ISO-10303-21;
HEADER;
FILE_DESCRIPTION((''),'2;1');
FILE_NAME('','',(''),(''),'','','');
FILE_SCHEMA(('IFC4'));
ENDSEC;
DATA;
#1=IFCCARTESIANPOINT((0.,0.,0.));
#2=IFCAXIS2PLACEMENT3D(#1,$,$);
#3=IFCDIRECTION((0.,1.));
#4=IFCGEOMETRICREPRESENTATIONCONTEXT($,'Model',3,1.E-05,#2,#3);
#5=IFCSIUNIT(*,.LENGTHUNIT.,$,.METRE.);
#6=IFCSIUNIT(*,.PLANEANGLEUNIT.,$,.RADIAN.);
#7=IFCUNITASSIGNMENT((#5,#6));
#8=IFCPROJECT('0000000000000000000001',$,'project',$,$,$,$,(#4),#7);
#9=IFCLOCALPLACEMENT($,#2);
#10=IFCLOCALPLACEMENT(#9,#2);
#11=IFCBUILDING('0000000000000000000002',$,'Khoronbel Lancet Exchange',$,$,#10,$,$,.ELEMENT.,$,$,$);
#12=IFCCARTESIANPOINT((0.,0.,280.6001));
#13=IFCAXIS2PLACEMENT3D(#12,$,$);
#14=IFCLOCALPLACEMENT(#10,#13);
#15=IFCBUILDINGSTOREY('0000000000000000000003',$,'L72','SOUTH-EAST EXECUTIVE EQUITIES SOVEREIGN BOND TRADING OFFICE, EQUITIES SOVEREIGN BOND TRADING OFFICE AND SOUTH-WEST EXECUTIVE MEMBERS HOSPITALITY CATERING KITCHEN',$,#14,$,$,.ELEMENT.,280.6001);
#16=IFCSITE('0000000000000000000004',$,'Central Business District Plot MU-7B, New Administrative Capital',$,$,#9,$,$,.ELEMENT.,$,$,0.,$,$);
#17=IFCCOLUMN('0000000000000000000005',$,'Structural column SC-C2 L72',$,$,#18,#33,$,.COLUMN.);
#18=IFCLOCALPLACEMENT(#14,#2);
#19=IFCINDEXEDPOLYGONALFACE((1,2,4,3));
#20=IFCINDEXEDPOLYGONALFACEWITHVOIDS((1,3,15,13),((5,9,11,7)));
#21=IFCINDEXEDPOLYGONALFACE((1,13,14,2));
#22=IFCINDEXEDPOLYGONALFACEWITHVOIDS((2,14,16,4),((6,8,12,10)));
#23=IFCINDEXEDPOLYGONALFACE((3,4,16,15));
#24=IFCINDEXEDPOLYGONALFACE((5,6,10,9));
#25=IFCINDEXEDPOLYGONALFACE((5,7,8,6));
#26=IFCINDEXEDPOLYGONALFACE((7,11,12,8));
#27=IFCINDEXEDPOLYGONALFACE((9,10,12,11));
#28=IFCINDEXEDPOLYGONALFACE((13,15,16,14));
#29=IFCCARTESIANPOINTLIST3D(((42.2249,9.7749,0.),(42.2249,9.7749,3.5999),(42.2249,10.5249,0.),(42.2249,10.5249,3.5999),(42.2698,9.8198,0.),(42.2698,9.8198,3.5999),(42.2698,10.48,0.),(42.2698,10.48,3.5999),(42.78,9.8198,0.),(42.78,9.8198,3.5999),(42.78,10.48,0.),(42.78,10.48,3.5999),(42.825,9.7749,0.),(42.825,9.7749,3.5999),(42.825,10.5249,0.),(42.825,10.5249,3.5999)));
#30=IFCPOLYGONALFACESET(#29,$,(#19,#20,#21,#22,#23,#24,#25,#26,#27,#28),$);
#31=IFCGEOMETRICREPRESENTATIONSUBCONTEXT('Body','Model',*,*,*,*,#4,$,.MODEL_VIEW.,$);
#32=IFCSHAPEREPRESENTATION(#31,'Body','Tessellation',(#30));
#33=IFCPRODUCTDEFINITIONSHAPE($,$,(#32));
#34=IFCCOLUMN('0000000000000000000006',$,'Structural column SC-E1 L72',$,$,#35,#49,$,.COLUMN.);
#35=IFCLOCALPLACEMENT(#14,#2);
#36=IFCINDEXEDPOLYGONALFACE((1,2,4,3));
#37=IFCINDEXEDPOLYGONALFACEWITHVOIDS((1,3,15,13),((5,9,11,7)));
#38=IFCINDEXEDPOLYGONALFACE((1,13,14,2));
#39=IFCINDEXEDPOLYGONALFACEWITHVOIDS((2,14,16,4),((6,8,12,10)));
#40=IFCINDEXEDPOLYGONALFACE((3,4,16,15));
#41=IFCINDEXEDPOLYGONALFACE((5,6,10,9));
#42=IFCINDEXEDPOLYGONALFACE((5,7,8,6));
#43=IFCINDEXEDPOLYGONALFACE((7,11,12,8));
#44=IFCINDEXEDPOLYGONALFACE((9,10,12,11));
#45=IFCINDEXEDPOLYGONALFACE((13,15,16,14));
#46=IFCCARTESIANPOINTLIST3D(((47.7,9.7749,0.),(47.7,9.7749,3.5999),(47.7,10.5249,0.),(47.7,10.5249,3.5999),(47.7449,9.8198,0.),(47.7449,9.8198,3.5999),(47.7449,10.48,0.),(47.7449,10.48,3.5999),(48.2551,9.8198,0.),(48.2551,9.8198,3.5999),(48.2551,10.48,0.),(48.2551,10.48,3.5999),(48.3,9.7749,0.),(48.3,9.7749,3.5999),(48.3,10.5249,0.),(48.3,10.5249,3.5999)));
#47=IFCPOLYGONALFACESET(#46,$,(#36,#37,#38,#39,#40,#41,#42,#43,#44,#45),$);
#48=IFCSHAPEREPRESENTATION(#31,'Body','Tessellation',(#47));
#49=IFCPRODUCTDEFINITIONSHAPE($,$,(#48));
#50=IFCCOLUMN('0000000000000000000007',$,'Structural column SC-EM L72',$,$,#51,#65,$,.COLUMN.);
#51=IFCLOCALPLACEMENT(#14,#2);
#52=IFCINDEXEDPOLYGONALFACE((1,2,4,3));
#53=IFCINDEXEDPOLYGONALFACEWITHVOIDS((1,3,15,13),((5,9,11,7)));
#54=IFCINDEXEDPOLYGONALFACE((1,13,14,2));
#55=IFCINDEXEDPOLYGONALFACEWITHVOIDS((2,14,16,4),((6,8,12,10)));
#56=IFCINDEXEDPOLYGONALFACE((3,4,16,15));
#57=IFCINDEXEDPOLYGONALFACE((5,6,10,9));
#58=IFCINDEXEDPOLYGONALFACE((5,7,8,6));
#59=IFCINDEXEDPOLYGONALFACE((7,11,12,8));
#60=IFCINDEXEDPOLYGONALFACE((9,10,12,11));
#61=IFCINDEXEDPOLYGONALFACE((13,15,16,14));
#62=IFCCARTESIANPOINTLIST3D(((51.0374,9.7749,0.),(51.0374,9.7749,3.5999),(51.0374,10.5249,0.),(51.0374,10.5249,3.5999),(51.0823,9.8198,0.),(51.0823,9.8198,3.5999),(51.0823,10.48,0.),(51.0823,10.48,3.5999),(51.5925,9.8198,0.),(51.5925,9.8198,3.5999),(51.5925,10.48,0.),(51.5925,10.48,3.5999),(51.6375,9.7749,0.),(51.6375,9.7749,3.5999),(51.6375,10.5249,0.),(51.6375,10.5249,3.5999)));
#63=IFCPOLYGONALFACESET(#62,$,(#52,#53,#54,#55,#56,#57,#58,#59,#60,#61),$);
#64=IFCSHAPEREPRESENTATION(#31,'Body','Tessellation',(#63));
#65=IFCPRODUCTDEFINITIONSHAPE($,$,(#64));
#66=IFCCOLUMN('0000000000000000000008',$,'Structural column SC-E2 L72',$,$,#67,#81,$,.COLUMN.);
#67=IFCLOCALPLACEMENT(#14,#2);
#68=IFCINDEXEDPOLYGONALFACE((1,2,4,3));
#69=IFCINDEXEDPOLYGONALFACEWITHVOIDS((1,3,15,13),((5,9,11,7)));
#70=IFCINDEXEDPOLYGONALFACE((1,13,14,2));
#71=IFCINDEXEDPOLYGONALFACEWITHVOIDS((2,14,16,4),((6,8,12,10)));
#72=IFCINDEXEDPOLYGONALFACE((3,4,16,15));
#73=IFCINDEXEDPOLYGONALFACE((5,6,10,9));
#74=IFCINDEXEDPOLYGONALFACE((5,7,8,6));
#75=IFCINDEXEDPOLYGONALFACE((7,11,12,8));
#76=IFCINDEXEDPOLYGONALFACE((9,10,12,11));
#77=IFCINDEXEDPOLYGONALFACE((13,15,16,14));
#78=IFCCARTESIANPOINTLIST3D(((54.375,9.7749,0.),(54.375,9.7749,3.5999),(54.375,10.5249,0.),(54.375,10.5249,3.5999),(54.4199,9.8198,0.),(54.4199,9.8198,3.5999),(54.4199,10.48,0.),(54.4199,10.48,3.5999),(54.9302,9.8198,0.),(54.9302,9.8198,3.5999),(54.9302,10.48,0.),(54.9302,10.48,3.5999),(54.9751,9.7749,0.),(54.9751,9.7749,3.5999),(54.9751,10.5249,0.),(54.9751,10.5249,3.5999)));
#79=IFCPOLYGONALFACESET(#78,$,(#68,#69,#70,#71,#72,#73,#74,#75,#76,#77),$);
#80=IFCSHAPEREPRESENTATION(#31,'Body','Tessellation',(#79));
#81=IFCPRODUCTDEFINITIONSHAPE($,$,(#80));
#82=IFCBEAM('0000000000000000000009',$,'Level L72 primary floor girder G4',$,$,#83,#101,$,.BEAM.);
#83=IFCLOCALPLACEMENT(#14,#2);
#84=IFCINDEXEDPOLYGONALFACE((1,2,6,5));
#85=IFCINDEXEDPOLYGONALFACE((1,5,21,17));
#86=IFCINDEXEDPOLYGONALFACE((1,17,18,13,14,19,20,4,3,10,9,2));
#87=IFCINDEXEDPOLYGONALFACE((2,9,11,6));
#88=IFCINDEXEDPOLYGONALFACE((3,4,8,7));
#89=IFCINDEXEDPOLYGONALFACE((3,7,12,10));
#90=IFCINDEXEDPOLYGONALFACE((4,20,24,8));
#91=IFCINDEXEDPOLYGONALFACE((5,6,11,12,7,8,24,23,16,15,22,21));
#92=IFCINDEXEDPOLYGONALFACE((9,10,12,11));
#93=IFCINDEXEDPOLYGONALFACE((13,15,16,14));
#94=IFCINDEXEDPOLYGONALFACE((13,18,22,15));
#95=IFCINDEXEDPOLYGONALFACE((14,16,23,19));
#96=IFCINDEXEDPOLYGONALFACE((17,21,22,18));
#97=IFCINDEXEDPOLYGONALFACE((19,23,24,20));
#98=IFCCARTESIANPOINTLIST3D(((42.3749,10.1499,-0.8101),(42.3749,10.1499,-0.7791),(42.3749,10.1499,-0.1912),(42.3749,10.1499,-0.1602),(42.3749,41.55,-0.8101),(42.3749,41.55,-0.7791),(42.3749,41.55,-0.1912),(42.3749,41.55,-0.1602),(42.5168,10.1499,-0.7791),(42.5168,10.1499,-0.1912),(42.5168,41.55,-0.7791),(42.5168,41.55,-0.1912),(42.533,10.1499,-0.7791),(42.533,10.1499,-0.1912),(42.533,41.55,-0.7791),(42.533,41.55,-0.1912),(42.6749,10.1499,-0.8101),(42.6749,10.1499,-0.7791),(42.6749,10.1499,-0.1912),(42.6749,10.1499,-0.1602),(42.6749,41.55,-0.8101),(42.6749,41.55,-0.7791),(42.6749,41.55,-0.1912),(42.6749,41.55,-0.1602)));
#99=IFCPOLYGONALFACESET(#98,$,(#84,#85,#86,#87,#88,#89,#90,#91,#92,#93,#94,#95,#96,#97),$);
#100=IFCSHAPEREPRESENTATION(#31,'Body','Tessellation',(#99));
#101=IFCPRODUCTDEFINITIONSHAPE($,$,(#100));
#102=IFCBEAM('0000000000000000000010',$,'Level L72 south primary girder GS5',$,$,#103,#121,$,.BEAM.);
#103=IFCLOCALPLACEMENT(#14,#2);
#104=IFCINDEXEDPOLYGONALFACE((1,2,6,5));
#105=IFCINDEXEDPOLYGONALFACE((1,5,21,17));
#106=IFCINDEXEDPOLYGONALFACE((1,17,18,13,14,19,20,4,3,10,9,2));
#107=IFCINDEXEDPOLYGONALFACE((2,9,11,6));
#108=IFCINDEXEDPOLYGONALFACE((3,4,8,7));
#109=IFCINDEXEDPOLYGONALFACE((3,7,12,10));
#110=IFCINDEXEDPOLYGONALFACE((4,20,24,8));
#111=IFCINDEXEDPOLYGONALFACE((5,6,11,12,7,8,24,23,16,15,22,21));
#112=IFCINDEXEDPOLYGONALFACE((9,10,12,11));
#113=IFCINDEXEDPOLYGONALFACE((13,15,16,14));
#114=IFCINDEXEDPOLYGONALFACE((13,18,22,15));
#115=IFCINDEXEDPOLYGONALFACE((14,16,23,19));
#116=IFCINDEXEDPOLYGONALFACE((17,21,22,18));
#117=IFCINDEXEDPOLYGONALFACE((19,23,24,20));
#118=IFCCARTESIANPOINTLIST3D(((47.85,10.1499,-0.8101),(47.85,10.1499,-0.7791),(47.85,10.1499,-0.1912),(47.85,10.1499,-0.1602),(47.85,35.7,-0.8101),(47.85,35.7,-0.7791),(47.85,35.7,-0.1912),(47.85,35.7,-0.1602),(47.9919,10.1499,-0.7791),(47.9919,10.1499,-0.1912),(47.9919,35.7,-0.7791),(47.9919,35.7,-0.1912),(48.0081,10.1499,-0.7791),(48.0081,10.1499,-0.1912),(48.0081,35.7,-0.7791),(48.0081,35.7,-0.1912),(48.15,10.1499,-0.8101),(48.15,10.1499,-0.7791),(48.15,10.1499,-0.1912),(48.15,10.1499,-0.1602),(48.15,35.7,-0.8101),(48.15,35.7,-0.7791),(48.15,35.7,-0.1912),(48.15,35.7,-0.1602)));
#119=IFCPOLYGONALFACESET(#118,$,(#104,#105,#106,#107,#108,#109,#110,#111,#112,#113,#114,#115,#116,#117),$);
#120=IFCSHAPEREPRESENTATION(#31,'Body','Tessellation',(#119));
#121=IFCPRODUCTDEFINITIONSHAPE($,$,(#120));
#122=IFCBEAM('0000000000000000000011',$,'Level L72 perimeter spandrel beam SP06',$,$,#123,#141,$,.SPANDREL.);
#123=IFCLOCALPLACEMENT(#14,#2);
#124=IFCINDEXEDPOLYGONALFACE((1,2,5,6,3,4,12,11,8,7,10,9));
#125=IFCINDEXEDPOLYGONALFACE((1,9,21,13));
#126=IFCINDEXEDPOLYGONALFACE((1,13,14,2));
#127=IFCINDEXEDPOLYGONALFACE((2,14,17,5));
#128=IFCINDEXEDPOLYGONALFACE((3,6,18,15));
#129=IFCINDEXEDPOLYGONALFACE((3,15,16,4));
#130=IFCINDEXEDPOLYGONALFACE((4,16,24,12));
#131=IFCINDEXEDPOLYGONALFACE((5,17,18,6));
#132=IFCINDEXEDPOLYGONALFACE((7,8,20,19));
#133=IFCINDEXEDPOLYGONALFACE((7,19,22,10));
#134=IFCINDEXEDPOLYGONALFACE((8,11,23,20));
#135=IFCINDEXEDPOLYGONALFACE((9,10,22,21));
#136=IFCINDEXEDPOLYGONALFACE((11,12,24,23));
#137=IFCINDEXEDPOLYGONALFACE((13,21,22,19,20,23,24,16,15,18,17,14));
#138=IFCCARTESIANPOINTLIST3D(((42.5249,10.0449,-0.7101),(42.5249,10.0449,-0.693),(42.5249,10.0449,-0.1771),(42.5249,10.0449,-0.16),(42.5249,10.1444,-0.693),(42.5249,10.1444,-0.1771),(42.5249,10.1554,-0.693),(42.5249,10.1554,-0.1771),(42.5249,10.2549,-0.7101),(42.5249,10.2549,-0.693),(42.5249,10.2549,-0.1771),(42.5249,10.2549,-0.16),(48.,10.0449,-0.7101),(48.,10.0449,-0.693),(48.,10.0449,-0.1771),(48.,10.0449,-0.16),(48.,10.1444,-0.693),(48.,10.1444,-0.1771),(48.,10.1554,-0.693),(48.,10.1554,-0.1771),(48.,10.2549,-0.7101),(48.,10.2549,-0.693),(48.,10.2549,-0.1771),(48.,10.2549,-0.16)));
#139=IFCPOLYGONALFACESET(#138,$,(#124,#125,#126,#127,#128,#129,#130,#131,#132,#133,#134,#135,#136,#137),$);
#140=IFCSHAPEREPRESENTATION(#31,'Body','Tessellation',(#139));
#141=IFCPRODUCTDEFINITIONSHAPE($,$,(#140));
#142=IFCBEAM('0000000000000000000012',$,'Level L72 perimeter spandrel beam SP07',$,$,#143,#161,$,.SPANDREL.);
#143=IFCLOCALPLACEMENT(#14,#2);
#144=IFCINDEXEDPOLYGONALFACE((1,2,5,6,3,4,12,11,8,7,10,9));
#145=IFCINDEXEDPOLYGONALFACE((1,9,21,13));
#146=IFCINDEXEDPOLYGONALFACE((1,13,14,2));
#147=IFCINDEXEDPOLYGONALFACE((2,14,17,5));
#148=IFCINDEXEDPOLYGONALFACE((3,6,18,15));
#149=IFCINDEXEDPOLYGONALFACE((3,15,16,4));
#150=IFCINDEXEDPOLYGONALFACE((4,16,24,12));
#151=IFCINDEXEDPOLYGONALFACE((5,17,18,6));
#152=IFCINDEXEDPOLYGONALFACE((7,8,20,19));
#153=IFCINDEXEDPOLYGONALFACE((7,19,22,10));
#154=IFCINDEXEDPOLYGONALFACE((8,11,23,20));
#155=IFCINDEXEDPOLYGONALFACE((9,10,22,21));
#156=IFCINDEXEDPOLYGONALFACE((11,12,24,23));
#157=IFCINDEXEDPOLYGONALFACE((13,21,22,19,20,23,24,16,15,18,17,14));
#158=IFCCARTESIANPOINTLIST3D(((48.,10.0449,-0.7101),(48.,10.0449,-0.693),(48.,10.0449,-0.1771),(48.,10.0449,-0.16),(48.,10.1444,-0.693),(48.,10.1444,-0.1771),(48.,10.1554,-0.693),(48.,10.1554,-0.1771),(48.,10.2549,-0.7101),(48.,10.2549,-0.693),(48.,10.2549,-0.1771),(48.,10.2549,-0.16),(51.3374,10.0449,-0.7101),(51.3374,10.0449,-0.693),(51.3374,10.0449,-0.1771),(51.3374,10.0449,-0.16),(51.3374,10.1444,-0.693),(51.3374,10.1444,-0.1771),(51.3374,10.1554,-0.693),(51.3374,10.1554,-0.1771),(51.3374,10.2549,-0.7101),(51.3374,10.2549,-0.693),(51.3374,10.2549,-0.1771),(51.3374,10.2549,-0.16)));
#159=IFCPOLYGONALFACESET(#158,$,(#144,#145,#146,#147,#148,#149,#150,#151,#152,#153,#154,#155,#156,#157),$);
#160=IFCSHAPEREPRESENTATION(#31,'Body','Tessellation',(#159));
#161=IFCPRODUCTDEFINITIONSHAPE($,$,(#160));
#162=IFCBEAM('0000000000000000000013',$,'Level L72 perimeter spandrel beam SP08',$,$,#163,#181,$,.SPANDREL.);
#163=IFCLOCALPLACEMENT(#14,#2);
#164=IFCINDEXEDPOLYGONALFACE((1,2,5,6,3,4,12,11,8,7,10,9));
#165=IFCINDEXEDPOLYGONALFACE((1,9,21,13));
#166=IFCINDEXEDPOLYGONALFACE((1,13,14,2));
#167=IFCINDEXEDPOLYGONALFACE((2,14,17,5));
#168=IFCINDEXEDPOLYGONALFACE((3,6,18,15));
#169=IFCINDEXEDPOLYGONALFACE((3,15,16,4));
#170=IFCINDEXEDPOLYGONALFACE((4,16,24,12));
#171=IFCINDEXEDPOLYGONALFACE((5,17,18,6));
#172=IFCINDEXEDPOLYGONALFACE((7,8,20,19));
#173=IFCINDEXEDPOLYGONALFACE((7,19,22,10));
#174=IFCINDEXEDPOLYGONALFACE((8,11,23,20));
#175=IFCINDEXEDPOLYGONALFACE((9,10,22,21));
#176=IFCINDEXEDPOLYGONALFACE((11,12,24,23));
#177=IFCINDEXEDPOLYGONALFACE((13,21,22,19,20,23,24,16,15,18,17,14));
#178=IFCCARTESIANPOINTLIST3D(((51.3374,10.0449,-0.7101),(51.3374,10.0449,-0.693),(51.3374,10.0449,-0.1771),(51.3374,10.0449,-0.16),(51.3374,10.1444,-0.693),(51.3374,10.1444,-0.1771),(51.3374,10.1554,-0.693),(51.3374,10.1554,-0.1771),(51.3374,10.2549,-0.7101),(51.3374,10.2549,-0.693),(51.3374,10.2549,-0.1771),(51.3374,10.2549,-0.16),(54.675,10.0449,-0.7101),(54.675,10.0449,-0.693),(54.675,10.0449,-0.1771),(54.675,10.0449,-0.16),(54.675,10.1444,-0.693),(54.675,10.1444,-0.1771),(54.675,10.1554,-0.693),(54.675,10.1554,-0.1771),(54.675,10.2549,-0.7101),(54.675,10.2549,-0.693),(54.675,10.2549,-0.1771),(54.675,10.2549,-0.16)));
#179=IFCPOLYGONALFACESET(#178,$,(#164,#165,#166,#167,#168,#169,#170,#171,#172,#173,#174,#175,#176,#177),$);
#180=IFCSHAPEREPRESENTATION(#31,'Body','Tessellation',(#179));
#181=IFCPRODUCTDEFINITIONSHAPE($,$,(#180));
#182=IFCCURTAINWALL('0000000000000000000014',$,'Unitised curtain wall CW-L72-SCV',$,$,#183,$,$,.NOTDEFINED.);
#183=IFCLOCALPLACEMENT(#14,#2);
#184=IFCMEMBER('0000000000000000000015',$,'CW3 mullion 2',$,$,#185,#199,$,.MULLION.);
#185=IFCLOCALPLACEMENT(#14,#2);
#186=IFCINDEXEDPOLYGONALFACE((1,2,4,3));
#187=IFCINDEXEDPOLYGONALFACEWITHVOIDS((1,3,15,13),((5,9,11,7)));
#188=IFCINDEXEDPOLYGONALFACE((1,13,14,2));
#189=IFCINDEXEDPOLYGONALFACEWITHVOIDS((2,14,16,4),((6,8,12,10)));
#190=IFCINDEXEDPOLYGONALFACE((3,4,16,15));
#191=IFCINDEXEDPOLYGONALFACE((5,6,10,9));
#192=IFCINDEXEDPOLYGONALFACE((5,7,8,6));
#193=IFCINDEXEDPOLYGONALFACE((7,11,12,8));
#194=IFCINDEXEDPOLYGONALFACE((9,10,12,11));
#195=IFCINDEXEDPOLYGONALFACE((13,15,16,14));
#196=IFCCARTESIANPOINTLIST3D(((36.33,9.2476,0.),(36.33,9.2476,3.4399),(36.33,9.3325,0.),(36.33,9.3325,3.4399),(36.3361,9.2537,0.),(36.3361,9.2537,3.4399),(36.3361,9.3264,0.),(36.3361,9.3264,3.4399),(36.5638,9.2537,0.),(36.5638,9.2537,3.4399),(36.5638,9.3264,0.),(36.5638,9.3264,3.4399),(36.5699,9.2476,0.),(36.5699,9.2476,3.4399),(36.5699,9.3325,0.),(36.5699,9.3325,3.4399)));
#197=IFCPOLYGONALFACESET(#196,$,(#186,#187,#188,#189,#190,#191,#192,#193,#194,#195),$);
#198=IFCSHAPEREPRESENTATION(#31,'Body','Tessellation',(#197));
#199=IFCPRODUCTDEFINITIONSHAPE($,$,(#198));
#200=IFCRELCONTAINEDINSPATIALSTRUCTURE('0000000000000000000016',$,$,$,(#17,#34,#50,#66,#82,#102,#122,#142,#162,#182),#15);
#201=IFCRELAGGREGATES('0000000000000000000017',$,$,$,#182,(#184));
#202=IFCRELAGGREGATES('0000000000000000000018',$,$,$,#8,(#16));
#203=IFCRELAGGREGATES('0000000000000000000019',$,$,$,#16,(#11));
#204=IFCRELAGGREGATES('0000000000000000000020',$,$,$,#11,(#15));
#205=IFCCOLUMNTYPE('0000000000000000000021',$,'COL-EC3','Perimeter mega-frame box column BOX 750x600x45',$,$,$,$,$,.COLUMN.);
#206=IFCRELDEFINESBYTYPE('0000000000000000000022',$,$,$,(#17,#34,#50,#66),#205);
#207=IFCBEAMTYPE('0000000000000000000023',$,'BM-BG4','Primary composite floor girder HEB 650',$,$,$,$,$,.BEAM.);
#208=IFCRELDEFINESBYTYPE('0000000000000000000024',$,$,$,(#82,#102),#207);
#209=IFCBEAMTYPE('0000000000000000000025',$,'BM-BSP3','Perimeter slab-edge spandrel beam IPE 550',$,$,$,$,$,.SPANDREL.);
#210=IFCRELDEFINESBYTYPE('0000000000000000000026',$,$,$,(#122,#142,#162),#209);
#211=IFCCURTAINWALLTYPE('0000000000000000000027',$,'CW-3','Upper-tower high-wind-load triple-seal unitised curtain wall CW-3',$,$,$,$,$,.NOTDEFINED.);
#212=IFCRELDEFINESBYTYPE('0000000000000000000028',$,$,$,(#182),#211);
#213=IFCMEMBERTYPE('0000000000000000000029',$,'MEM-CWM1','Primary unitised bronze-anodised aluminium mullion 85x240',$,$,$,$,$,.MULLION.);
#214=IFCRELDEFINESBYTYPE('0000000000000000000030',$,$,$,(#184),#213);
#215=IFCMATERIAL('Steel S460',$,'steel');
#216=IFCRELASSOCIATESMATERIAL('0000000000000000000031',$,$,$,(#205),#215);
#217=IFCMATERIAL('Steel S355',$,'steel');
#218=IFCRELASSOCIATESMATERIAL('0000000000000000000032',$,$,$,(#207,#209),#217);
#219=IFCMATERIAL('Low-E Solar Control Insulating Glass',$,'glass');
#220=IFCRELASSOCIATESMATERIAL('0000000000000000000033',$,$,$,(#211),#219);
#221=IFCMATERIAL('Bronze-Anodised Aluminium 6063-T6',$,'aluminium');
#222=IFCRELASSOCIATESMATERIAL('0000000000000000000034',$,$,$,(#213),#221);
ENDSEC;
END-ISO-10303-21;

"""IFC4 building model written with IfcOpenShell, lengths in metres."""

from ifc_helpers import new_model, si_unit, direction, frame, origin, origin_2d, place, context, subcontext, project, spatial, hollow_rectangle, i_section, extrude, material, material_profile, profile_set, type_object, element, aggregate, save


model = new_model("IFC4")

# Units and contexts
model_context = context("Model", 3, precision=1e-05, world=origin(), true_north=direction((0.0, 1.0)))
body_context = subcontext(model_context, "Body", "Model", "MODEL_VIEW")
ifc_project = project(units=[si_unit("LENGTHUNIT", "METRE"), si_unit("PLANEANGLEUNIT", "RADIAN")], contexts=[model_context])

# Site, building, storey
site_placement = place(None, origin())
site = spatial("IfcSite", under=ifc_project, at=site_placement, Name="Central Business District Plot MU-7B, New Administrative Capital", CompositionType="ELEMENT", RefElevation=0.0)
building_placement = place(site_placement, origin())
building = spatial("IfcBuilding", under=site, at=building_placement, Name="Khoronbel Lancet Exchange", CompositionType="ELEMENT")
storey_placement = place(building_placement, frame((0.0, 0.0, 280.6001)))
storey = spatial("IfcBuildingStorey", under=building, at=storey_placement, Name="L72", Description="SOUTH-EAST EXECUTIVE EQUITIES SOVEREIGN BOND TRADING OFFICE, EQUITIES SOVEREIGN BOND TRADING OFFICE AND SOUTH-WEST EXECUTIVE MEMBERS HOSPITALITY CATERING KITCHEN", CompositionType="ELEMENT", Elevation=280.6001)

# Columns
ifc_material_1 = material(Name="Steel S460", Category="steel")
ifc_material_profile_1 = material_profile(ifc_material_1, hollow_rectangle(XDim=0.6001, YDim=0.75, WallThickness=0.0449, at=origin_2d()), Name="BOX 750x600x45")
ifc_profile_set_1 = profile_set([ifc_material_profile_1], Name="Steel S460")
column_type = type_object("IfcColumnType", Name="COL-EC3", Description="Perimeter mega-frame box column BOX 750x600x45", PredefinedType="COLUMN", material=ifc_profile_set_1)
for number, where, z_axis, x_axis, name in (
    (1, (42.5249, 10.1499, 0.0), (0.0, 0.0, 1.0), (1.0, 0.0, 0.0), "Structural column SC-C2 L72"),
    (2, (48.0, 10.1499, 0.0), (0.0, 0.0, 1.0), (1.0, 0.0, 0.0), "Structural column SC-E1 L72"),
    (3, (51.3374, 10.1499, 0.0), (0.0, 0.0, 1.0), (1.0, 0.0, 0.0), "Structural column SC-EM L72"),
    (4, (54.675, 10.1499, 0.0), (0.0, 0.0, 1.0), (1.0, 0.0, 0.0), "Structural column SC-E2 L72"),
):
    element("IfcColumn", number, at=place(storey_placement, frame(where, z_axis=z_axis, x_axis=x_axis)), inside=storey, type_object=column_type, Name=name, PredefinedType="COLUMN", context=body_context, shape_type="SweptSolid", body=[
        extrude(hollow_rectangle(XDim=0.6001, YDim=0.75, WallThickness=0.0449, at=origin_2d()), origin(), (0.0, 0.0, 1.0), 3.5999),
    ])

# Beams
ifc_material_2 = material(Name="Steel S355", Category="steel")
ifc_material_profile_2 = material_profile(ifc_material_2, i_section(OverallWidth=0.3, OverallDepth=0.6499, WebThickness=0.0161, FlangeThickness=0.031, at=origin_2d()), Name="HEB 650")
ifc_profile_set_2 = profile_set([ifc_material_profile_2], Name="Steel S355")
beam_type_1 = type_object("IfcBeamType", Name="BM-BG4", Description="Primary composite floor girder HEB 650", PredefinedType="BEAM", material=ifc_profile_set_2)
beam_1_placement = place(storey_placement, frame((42.5249, 10.1499, -0.4851), z_axis=(0.0, 1.0, 0.0), x_axis=(-1.0, 0.0, 0.0)))
element("IfcBeam", 5, at=beam_1_placement, inside=storey, type_object=beam_type_1, Name="Level L72 primary floor girder G4", PredefinedType="BEAM", context=body_context, shape_type="SweptSolid", body=[
    extrude(i_section(OverallWidth=0.3, OverallDepth=0.6499, WebThickness=0.0161, FlangeThickness=0.031, at=origin_2d()), origin(), (0.0, 0.0, 1.0), 31.4001),
])
beam_2_placement = place(storey_placement, frame((48.0, 10.1499, -0.4851), z_axis=(0.0, 1.0, 0.0), x_axis=(-1.0, 0.0, 0.0)))
element("IfcBeam", 6, at=beam_2_placement, inside=storey, type_object=beam_type_1, Name="Level L72 south primary girder GS5", PredefinedType="BEAM", context=body_context, shape_type="SweptSolid", body=[
    extrude(i_section(OverallWidth=0.3, OverallDepth=0.6499, WebThickness=0.0161, FlangeThickness=0.031, at=origin_2d()), origin(), (0.0, 0.0, 1.0), 25.55),
])
ifc_material_profile_3 = material_profile(ifc_material_2, i_section(OverallWidth=0.21, OverallDepth=0.55, WebThickness=0.011, FlangeThickness=0.0171, at=origin_2d()), Name="IPE 550")
ifc_profile_set_3 = profile_set([ifc_material_profile_3], Name="Steel S355")
beam_type_2 = type_object("IfcBeamType", Name="BM-BSP3", Description="Perimeter slab-edge spandrel beam IPE 550", PredefinedType="SPANDREL", material=ifc_profile_set_3)
beam_3_placement = place(storey_placement, frame((42.5249, 10.1499, -0.4351), z_axis=(1.0, 0.0, 0.0), x_axis=(0.0, 1.0, 0.0)))
element("IfcBeam", 7, at=beam_3_placement, inside=storey, type_object=beam_type_2, Name="Level L72 perimeter spandrel beam SP06", PredefinedType="SPANDREL", context=body_context, shape_type="SweptSolid", body=[
    extrude(i_section(OverallWidth=0.21, OverallDepth=0.55, WebThickness=0.011, FlangeThickness=0.0171, at=origin_2d()), origin(), (0.0, 0.0, 1.0), 5.4751),
])
beam_4_placement = place(storey_placement, frame((48.0, 10.1499, -0.4351), z_axis=(1.0, 0.0, 0.0), x_axis=(0.0, 1.0, 0.0)))
element("IfcBeam", 8, at=beam_4_placement, inside=storey, type_object=beam_type_2, Name="Level L72 perimeter spandrel beam SP07", PredefinedType="SPANDREL", context=body_context, shape_type="SweptSolid", body=[
    extrude(i_section(OverallWidth=0.21, OverallDepth=0.55, WebThickness=0.011, FlangeThickness=0.0171, at=origin_2d()), origin(), (0.0, 0.0, 1.0), 3.3374),
])
beam_5_placement = place(storey_placement, frame((51.3374, 10.1499, -0.4351), z_axis=(1.0, 0.0, 0.0), x_axis=(0.0, 1.0, 0.0)))
element("IfcBeam", 9, at=beam_5_placement, inside=storey, type_object=beam_type_2, Name="Level L72 perimeter spandrel beam SP08", PredefinedType="SPANDREL", context=body_context, shape_type="SweptSolid", body=[
    extrude(i_section(OverallWidth=0.21, OverallDepth=0.55, WebThickness=0.011, FlangeThickness=0.0171, at=origin_2d()), origin(), (0.0, 0.0, 1.0), 3.3376),
])

# Curtain wall, member
ifc_material_3 = material(Name="Low-E Solar Control Insulating Glass", Category="glass")
curtain_wall_type = type_object("IfcCurtainWallType", Name="CW-3", Description="Upper-tower high-wind-load triple-seal unitised curtain wall CW-3", PredefinedType="NOTDEFINED", material=ifc_material_3)
curtain_wall_1_placement = place(storey_placement, origin())
curtain_wall_1 = element("IfcCurtainWall", 10, at=curtain_wall_1_placement, inside=storey, type_object=curtain_wall_type, Name="Unitised curtain wall CW-L72-SCV", PredefinedType="NOTDEFINED")
ifc_material_4 = material(Name="Bronze-Anodised Aluminium 6063-T6", Category="aluminium")
ifc_material_profile_4 = material_profile(ifc_material_4, hollow_rectangle(XDim=0.085, YDim=0.24, WallThickness=0.0061, at=origin_2d()), Name="ALU MULLION 85x240")
ifc_profile_set_4 = profile_set([ifc_material_profile_4], Name="Bronze-Anodised Aluminium 6063-T6")
member_type_1 = type_object("IfcMemberType", Name="MEM-CWM1", Description="Primary unitised bronze-anodised aluminium mullion 85x240", PredefinedType="MULLION", material=ifc_profile_set_4)
member_1_placement = place(storey_placement, frame((36.45, 9.29, 0.0), z_axis=(0.0, 0.0, 1.0), x_axis=(0.0, 1.0, 0.0)))
member_1 = element("IfcMember", 11, at=member_1_placement, type_object=member_type_1, Name="CW3 mullion 2", PredefinedType="MULLION", context=body_context, shape_type="SweptSolid", body=[
    extrude(hollow_rectangle(XDim=0.085, YDim=0.24, WallThickness=0.0061, at=origin_2d()), origin(), (0.0, 0.0, 1.0), 3.4399),
])

aggregate(curtain_wall_1, [member_1])

save(model, "model.ifc")
